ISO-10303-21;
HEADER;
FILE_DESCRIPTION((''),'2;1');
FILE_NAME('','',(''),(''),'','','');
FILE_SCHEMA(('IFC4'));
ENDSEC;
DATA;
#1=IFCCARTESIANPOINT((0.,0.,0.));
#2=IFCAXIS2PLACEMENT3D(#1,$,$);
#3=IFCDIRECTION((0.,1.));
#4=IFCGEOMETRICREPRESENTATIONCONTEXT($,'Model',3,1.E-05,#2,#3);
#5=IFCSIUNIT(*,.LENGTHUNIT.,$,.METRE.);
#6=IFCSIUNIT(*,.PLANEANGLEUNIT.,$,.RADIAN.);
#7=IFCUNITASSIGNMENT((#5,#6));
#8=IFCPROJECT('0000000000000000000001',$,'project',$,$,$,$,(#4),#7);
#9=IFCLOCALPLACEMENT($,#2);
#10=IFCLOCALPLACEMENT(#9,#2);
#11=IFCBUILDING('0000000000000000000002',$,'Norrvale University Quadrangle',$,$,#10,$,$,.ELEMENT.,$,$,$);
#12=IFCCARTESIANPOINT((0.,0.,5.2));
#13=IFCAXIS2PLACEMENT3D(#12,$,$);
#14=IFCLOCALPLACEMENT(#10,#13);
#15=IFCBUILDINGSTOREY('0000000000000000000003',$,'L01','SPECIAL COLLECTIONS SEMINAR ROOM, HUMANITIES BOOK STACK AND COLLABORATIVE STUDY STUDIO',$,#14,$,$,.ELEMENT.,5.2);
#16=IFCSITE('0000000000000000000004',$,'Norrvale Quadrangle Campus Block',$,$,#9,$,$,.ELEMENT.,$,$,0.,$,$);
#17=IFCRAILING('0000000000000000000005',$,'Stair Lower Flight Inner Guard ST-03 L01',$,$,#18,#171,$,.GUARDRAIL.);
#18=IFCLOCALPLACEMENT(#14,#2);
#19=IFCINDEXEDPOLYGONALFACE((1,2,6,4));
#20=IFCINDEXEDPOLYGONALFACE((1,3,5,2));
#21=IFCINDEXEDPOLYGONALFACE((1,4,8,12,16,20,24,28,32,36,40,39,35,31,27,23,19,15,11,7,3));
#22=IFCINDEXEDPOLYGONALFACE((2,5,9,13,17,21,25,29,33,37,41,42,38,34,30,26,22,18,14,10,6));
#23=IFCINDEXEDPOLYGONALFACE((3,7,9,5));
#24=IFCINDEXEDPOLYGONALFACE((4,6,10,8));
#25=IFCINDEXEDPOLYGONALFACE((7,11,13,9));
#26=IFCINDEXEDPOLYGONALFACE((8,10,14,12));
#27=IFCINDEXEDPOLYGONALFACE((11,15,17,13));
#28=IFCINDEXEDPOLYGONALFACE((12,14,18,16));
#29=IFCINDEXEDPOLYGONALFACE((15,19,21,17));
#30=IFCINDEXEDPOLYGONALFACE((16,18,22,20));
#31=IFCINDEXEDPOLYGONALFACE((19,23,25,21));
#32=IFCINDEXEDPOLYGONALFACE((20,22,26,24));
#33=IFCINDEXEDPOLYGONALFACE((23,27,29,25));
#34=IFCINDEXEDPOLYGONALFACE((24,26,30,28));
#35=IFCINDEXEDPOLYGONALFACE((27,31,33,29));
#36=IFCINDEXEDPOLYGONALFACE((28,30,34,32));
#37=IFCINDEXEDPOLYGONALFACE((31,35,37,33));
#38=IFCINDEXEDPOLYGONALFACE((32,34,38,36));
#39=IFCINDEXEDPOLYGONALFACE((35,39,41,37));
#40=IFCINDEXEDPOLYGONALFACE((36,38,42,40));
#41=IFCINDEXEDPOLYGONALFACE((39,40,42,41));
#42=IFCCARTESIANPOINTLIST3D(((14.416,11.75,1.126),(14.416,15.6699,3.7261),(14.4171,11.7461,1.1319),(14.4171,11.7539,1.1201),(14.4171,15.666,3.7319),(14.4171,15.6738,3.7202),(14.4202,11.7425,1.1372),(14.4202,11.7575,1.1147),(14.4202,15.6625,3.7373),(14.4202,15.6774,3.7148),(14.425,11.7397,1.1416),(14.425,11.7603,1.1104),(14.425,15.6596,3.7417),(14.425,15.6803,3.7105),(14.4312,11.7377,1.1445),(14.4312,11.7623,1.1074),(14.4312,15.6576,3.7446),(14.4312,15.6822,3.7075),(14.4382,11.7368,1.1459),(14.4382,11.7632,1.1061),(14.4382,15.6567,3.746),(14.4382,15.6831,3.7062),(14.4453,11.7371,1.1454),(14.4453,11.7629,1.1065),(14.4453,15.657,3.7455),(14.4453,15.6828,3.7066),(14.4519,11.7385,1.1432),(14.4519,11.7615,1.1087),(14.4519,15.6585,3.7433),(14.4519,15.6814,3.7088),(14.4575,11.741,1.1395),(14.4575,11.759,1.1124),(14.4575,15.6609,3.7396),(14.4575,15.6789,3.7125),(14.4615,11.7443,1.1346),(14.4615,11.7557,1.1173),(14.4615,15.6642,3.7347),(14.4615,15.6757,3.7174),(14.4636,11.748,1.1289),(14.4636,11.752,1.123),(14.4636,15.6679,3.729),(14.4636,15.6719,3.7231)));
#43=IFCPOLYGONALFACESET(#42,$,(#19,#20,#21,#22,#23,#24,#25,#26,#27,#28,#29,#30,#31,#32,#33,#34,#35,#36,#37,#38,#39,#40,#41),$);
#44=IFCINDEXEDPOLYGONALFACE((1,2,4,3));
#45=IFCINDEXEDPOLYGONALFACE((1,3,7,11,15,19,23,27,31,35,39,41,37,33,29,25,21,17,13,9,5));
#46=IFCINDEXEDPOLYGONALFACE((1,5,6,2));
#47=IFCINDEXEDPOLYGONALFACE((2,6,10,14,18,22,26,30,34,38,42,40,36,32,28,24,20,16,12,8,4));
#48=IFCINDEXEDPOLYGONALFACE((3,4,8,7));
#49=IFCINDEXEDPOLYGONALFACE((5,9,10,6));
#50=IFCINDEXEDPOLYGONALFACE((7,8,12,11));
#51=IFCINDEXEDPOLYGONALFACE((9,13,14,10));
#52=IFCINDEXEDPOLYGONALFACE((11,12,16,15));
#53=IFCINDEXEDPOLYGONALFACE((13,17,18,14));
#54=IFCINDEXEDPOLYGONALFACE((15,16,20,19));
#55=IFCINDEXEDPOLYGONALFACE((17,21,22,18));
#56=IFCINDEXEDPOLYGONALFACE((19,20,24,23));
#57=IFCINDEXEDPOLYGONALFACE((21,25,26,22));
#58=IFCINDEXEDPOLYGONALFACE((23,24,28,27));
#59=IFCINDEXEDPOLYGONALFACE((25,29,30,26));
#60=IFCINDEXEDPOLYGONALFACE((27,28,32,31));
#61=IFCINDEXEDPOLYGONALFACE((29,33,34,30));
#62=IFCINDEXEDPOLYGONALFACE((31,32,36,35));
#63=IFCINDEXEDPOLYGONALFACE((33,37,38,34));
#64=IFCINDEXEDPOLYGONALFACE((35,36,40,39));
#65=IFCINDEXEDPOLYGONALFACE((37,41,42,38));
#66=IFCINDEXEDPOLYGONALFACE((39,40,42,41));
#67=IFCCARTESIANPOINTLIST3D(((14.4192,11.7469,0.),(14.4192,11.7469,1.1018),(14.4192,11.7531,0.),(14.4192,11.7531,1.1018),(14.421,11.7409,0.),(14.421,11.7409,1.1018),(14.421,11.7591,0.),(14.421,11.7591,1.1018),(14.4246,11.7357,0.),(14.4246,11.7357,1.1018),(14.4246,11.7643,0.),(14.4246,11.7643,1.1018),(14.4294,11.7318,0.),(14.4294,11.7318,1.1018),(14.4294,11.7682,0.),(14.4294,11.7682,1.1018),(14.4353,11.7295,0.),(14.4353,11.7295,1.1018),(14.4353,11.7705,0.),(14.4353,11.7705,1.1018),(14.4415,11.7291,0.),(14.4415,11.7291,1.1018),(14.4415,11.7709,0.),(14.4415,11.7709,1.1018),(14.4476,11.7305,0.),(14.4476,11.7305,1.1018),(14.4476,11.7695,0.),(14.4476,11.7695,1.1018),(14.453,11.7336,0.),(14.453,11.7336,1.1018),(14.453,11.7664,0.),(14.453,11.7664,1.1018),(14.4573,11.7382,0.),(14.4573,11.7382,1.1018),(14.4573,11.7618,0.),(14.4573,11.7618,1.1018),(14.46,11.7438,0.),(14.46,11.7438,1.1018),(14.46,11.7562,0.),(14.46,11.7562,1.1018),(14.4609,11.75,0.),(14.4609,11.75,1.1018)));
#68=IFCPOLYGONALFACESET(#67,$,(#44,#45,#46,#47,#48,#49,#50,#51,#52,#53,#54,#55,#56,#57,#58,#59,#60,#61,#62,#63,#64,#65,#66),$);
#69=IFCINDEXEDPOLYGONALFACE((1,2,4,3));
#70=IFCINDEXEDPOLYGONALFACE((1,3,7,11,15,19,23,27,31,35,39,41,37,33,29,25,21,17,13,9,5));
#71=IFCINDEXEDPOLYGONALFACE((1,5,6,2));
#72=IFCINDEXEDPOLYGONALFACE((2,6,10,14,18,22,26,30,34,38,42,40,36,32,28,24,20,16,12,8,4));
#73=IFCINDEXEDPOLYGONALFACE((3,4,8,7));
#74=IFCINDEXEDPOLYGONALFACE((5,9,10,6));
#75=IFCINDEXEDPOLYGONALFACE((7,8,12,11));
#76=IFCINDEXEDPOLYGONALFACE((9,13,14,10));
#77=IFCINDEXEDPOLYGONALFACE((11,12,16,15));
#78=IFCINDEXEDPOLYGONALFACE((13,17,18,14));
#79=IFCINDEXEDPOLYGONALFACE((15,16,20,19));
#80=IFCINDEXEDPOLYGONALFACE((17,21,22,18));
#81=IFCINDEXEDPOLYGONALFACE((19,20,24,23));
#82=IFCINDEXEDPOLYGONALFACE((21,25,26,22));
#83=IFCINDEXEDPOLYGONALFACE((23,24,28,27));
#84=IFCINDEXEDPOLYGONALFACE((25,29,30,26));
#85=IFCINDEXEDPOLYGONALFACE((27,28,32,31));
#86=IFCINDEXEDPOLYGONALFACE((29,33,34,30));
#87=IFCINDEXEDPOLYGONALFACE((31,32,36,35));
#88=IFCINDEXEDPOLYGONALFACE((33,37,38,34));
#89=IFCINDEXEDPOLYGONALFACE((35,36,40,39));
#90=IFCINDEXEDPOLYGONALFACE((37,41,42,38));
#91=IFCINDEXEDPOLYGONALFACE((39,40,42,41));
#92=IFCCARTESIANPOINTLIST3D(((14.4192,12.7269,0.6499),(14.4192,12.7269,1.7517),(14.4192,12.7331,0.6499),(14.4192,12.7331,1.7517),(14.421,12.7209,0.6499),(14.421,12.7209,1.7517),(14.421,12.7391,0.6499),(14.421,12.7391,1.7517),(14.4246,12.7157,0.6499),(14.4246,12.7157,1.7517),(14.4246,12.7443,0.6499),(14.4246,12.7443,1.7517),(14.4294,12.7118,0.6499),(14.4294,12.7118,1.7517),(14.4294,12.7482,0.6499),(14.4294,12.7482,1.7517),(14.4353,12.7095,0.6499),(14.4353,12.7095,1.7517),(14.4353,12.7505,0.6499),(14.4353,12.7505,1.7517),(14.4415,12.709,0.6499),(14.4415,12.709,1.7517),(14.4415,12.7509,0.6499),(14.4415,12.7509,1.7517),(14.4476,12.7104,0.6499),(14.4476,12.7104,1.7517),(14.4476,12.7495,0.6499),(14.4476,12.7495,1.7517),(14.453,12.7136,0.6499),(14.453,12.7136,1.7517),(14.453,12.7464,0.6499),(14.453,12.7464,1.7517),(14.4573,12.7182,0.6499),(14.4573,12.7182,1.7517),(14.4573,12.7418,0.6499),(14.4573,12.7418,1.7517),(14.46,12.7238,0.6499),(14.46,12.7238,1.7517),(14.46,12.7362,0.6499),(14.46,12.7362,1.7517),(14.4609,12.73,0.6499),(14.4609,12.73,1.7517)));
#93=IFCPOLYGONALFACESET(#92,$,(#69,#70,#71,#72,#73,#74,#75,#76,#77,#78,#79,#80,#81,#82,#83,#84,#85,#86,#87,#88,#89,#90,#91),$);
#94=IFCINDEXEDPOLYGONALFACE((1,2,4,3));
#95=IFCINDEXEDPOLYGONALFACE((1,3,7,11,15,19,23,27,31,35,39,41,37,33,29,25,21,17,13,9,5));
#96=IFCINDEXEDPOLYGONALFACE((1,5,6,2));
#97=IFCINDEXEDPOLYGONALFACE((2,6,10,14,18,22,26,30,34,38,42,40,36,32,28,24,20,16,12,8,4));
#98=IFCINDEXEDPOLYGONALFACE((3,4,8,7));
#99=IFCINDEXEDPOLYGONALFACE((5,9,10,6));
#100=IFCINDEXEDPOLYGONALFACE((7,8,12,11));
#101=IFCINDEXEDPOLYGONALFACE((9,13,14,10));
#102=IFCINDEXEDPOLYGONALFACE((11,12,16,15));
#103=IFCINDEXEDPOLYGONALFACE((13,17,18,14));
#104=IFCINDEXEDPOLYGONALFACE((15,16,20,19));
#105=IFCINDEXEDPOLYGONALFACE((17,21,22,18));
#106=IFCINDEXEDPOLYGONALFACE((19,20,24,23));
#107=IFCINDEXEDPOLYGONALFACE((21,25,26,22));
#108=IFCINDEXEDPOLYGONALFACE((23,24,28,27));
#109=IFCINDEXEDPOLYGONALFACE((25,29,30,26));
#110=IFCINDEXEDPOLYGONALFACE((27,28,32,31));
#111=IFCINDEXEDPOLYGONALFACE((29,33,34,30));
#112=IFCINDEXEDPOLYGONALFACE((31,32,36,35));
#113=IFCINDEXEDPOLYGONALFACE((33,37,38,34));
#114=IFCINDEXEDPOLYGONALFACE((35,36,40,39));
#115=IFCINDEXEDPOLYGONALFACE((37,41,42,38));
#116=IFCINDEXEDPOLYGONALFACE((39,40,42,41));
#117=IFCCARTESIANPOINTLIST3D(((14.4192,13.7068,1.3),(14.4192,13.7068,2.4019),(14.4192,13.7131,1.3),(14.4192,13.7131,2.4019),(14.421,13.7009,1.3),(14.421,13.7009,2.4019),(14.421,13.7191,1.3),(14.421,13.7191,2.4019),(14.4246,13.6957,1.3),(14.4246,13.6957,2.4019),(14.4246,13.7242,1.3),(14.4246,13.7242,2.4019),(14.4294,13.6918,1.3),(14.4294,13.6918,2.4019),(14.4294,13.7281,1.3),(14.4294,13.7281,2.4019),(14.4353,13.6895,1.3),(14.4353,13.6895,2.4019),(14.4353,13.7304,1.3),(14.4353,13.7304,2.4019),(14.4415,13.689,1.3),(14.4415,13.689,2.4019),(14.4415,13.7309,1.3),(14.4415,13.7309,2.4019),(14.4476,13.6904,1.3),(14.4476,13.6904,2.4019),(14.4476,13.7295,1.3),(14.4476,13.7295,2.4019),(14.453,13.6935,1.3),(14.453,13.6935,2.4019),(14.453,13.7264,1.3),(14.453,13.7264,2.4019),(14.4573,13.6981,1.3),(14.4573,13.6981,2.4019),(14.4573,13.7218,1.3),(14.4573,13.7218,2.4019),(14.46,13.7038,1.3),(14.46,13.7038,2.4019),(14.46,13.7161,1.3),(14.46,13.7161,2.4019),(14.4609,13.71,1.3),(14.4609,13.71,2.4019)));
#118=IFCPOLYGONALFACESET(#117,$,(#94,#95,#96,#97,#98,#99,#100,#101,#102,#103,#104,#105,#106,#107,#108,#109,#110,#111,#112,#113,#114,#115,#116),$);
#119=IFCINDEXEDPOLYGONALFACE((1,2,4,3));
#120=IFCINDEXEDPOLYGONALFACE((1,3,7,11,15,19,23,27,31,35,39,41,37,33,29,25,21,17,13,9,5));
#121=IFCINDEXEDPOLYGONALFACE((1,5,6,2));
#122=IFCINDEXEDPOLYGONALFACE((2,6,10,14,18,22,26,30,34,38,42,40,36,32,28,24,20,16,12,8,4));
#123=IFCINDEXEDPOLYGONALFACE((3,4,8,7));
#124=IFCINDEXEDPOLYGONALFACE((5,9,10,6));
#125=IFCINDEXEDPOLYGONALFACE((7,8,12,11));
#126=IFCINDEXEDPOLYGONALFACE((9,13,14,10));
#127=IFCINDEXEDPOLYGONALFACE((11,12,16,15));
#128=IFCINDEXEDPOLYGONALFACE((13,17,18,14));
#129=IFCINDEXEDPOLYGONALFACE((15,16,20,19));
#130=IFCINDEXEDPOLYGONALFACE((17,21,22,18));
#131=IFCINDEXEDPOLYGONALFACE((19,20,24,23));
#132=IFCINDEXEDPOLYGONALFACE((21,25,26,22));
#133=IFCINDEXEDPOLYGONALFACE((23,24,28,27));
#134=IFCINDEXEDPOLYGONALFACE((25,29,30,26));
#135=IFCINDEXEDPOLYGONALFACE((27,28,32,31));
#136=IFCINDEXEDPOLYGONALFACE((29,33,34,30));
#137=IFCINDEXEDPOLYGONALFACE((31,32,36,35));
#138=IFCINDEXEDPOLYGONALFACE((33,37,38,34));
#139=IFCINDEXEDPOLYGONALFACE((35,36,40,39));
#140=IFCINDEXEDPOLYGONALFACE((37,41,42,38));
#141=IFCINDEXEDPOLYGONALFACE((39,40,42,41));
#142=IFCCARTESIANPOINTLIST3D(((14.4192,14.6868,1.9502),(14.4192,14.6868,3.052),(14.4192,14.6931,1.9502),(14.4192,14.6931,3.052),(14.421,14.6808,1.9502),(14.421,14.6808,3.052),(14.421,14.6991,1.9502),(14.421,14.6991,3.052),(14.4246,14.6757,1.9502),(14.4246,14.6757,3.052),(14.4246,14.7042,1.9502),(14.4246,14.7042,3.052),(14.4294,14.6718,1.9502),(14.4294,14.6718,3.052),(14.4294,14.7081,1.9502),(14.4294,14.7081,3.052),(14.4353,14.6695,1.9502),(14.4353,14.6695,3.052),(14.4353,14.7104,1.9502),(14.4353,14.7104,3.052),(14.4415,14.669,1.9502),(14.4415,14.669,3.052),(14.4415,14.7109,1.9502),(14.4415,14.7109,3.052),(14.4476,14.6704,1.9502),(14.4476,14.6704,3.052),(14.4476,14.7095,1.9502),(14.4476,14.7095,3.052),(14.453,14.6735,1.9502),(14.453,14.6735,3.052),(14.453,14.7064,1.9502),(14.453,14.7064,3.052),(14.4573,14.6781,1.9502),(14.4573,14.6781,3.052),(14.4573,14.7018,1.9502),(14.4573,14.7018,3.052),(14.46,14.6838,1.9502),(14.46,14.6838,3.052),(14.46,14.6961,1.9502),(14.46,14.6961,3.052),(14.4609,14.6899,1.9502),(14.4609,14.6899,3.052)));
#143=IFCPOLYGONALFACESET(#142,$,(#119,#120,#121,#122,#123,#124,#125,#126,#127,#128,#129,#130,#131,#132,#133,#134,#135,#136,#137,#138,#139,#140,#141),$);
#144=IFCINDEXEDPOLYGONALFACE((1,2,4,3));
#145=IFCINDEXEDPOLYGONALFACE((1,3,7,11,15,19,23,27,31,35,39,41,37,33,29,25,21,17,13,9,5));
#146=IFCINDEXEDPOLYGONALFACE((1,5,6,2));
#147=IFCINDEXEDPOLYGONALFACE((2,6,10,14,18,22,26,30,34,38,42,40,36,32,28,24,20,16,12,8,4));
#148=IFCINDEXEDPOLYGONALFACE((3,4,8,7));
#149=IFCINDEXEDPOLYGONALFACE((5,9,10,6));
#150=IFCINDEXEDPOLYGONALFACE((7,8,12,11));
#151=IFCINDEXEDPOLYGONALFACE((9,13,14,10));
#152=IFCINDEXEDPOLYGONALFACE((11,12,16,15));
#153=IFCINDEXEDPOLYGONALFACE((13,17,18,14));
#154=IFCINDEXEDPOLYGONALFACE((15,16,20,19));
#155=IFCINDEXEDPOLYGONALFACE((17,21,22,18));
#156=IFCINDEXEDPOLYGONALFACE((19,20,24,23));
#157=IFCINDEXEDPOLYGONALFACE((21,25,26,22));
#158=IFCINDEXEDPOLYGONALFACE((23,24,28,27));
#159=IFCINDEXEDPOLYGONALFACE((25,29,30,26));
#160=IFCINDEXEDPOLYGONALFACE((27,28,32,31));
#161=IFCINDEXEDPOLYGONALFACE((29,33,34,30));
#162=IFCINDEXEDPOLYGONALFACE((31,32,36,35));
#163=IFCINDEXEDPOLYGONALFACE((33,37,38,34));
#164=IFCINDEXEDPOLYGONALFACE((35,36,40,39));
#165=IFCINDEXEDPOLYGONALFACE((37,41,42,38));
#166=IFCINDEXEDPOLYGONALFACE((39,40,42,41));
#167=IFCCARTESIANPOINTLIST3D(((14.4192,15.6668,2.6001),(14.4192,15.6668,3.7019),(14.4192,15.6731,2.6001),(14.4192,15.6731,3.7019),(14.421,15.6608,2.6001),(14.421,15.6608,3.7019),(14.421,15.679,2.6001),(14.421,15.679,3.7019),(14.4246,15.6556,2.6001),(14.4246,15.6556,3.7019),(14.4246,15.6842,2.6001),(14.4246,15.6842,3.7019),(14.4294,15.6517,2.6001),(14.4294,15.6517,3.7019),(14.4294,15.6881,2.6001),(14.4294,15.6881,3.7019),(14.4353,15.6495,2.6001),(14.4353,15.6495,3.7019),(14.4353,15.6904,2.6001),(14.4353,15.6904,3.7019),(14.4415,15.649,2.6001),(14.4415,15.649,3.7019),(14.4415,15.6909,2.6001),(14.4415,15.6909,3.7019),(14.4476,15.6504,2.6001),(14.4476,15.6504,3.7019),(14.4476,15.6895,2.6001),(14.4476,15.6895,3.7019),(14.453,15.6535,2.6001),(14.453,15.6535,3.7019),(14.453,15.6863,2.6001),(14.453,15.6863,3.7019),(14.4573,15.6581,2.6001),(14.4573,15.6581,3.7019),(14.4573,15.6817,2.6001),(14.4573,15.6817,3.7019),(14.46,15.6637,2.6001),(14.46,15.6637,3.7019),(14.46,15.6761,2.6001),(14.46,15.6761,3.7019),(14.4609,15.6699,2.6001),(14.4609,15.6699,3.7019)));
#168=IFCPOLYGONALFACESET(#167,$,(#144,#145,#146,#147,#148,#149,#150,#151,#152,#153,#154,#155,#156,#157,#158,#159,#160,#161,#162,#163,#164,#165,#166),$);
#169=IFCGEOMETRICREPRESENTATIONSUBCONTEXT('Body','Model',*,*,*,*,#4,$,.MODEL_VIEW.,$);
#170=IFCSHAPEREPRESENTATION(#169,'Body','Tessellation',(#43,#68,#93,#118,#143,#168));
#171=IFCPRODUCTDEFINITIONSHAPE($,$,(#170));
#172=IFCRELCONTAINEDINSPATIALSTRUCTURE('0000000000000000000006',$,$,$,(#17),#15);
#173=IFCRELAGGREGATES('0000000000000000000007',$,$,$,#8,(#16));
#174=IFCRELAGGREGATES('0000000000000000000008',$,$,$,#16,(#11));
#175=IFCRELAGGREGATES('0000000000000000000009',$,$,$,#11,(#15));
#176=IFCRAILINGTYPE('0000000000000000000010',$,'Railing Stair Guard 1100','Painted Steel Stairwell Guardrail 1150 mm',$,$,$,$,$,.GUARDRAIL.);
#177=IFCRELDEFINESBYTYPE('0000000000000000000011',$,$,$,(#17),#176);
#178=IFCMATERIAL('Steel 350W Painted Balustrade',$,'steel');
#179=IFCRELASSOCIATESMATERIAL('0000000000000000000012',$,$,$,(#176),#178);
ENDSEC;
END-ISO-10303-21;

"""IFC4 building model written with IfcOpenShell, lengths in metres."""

from ifc_helpers import new_model, si_unit, direction, frame, origin, origin_2d, place, context, subcontext, project, spatial, circle, extrude, material, type_object, element, save


model = new_model("IFC4")

# Units and contexts
model_context = context("Model", 3, precision=1e-05, world=origin(), true_north=direction((0.0, 1.0)))
body_context = subcontext(model_context, "Body", "Model", "MODEL_VIEW")
ifc_project = project(units=[si_unit("LENGTHUNIT", "METRE"), si_unit("PLANEANGLEUNIT", "RADIAN")], contexts=[model_context])

# Site, building, storey
site_placement = place(None, origin())
site = spatial("IfcSite", under=ifc_project, at=site_placement, Name="Norrvale Quadrangle Campus Block", CompositionType="ELEMENT", RefElevation=0.0)
building_placement = place(site_placement, origin())
building = spatial("IfcBuilding", under=site, at=building_placement, Name="Norrvale University Quadrangle", CompositionType="ELEMENT")
storey_placement = place(building_placement, frame((0.0, 0.0, 5.2)))
storey = spatial("IfcBuildingStorey", under=building, at=storey_placement, Name="L01", Description="SPECIAL COLLECTIONS SEMINAR ROOM, HUMANITIES BOOK STACK AND COLLABORATIVE STUDY STUDIO", CompositionType="ELEMENT", Elevation=5.2)

# Railing
ifc_material_1 = material(Name="Steel 350W Painted Balustrade", Category="steel")
railing_type = type_object("IfcRailingType", Name="Railing Stair Guard 1100", Description="Painted Steel Stairwell Guardrail 1150 mm", PredefinedType="GUARDRAIL", material=ifc_material_1)
railing_1_placement = place(storey_placement, frame((14.4399, 11.75, 0.0)))
element("IfcRailing", 1, at=railing_1_placement, inside=storey, type_object=railing_type, Name="Stair Lower Flight Inner Guard ST-03 L01", PredefinedType="GUARDRAIL", context=body_context, shape_type="SweptSolid", body=[
    extrude(circle(Radius=0.0239, at=origin_2d()), frame((0.0, 0.0, 1.126), z_axis=(0.0, 0.833342, 0.552758), x_axis=(-1.0, 0.0, 0.0)), (0.0, 0.0, 1.0), 4.7039),
    extrude(circle(Radius=0.021, at=origin_2d()), origin(), (0.0, 0.0, 1.0), 1.1018),
    extrude(circle(Radius=0.021, at=origin_2d()), frame((0.0, 0.98, 0.6499)), (0.0, 0.0, 1.0), 1.1018),
    extrude(circle(Radius=0.021, at=origin_2d()), frame((0.0, 1.96, 1.3)), (0.0, 0.0, 1.0), 1.1018),
    extrude(circle(Radius=0.021, at=origin_2d()), frame((0.0, 2.9399, 1.9502)), (0.0, 0.0, 1.0), 1.1018),
    extrude(circle(Radius=0.021, at=origin_2d()), frame((0.0, 3.9199, 2.6001)), (0.0, 0.0, 1.0), 1.1018),
])

save(model, "model.ifc")
